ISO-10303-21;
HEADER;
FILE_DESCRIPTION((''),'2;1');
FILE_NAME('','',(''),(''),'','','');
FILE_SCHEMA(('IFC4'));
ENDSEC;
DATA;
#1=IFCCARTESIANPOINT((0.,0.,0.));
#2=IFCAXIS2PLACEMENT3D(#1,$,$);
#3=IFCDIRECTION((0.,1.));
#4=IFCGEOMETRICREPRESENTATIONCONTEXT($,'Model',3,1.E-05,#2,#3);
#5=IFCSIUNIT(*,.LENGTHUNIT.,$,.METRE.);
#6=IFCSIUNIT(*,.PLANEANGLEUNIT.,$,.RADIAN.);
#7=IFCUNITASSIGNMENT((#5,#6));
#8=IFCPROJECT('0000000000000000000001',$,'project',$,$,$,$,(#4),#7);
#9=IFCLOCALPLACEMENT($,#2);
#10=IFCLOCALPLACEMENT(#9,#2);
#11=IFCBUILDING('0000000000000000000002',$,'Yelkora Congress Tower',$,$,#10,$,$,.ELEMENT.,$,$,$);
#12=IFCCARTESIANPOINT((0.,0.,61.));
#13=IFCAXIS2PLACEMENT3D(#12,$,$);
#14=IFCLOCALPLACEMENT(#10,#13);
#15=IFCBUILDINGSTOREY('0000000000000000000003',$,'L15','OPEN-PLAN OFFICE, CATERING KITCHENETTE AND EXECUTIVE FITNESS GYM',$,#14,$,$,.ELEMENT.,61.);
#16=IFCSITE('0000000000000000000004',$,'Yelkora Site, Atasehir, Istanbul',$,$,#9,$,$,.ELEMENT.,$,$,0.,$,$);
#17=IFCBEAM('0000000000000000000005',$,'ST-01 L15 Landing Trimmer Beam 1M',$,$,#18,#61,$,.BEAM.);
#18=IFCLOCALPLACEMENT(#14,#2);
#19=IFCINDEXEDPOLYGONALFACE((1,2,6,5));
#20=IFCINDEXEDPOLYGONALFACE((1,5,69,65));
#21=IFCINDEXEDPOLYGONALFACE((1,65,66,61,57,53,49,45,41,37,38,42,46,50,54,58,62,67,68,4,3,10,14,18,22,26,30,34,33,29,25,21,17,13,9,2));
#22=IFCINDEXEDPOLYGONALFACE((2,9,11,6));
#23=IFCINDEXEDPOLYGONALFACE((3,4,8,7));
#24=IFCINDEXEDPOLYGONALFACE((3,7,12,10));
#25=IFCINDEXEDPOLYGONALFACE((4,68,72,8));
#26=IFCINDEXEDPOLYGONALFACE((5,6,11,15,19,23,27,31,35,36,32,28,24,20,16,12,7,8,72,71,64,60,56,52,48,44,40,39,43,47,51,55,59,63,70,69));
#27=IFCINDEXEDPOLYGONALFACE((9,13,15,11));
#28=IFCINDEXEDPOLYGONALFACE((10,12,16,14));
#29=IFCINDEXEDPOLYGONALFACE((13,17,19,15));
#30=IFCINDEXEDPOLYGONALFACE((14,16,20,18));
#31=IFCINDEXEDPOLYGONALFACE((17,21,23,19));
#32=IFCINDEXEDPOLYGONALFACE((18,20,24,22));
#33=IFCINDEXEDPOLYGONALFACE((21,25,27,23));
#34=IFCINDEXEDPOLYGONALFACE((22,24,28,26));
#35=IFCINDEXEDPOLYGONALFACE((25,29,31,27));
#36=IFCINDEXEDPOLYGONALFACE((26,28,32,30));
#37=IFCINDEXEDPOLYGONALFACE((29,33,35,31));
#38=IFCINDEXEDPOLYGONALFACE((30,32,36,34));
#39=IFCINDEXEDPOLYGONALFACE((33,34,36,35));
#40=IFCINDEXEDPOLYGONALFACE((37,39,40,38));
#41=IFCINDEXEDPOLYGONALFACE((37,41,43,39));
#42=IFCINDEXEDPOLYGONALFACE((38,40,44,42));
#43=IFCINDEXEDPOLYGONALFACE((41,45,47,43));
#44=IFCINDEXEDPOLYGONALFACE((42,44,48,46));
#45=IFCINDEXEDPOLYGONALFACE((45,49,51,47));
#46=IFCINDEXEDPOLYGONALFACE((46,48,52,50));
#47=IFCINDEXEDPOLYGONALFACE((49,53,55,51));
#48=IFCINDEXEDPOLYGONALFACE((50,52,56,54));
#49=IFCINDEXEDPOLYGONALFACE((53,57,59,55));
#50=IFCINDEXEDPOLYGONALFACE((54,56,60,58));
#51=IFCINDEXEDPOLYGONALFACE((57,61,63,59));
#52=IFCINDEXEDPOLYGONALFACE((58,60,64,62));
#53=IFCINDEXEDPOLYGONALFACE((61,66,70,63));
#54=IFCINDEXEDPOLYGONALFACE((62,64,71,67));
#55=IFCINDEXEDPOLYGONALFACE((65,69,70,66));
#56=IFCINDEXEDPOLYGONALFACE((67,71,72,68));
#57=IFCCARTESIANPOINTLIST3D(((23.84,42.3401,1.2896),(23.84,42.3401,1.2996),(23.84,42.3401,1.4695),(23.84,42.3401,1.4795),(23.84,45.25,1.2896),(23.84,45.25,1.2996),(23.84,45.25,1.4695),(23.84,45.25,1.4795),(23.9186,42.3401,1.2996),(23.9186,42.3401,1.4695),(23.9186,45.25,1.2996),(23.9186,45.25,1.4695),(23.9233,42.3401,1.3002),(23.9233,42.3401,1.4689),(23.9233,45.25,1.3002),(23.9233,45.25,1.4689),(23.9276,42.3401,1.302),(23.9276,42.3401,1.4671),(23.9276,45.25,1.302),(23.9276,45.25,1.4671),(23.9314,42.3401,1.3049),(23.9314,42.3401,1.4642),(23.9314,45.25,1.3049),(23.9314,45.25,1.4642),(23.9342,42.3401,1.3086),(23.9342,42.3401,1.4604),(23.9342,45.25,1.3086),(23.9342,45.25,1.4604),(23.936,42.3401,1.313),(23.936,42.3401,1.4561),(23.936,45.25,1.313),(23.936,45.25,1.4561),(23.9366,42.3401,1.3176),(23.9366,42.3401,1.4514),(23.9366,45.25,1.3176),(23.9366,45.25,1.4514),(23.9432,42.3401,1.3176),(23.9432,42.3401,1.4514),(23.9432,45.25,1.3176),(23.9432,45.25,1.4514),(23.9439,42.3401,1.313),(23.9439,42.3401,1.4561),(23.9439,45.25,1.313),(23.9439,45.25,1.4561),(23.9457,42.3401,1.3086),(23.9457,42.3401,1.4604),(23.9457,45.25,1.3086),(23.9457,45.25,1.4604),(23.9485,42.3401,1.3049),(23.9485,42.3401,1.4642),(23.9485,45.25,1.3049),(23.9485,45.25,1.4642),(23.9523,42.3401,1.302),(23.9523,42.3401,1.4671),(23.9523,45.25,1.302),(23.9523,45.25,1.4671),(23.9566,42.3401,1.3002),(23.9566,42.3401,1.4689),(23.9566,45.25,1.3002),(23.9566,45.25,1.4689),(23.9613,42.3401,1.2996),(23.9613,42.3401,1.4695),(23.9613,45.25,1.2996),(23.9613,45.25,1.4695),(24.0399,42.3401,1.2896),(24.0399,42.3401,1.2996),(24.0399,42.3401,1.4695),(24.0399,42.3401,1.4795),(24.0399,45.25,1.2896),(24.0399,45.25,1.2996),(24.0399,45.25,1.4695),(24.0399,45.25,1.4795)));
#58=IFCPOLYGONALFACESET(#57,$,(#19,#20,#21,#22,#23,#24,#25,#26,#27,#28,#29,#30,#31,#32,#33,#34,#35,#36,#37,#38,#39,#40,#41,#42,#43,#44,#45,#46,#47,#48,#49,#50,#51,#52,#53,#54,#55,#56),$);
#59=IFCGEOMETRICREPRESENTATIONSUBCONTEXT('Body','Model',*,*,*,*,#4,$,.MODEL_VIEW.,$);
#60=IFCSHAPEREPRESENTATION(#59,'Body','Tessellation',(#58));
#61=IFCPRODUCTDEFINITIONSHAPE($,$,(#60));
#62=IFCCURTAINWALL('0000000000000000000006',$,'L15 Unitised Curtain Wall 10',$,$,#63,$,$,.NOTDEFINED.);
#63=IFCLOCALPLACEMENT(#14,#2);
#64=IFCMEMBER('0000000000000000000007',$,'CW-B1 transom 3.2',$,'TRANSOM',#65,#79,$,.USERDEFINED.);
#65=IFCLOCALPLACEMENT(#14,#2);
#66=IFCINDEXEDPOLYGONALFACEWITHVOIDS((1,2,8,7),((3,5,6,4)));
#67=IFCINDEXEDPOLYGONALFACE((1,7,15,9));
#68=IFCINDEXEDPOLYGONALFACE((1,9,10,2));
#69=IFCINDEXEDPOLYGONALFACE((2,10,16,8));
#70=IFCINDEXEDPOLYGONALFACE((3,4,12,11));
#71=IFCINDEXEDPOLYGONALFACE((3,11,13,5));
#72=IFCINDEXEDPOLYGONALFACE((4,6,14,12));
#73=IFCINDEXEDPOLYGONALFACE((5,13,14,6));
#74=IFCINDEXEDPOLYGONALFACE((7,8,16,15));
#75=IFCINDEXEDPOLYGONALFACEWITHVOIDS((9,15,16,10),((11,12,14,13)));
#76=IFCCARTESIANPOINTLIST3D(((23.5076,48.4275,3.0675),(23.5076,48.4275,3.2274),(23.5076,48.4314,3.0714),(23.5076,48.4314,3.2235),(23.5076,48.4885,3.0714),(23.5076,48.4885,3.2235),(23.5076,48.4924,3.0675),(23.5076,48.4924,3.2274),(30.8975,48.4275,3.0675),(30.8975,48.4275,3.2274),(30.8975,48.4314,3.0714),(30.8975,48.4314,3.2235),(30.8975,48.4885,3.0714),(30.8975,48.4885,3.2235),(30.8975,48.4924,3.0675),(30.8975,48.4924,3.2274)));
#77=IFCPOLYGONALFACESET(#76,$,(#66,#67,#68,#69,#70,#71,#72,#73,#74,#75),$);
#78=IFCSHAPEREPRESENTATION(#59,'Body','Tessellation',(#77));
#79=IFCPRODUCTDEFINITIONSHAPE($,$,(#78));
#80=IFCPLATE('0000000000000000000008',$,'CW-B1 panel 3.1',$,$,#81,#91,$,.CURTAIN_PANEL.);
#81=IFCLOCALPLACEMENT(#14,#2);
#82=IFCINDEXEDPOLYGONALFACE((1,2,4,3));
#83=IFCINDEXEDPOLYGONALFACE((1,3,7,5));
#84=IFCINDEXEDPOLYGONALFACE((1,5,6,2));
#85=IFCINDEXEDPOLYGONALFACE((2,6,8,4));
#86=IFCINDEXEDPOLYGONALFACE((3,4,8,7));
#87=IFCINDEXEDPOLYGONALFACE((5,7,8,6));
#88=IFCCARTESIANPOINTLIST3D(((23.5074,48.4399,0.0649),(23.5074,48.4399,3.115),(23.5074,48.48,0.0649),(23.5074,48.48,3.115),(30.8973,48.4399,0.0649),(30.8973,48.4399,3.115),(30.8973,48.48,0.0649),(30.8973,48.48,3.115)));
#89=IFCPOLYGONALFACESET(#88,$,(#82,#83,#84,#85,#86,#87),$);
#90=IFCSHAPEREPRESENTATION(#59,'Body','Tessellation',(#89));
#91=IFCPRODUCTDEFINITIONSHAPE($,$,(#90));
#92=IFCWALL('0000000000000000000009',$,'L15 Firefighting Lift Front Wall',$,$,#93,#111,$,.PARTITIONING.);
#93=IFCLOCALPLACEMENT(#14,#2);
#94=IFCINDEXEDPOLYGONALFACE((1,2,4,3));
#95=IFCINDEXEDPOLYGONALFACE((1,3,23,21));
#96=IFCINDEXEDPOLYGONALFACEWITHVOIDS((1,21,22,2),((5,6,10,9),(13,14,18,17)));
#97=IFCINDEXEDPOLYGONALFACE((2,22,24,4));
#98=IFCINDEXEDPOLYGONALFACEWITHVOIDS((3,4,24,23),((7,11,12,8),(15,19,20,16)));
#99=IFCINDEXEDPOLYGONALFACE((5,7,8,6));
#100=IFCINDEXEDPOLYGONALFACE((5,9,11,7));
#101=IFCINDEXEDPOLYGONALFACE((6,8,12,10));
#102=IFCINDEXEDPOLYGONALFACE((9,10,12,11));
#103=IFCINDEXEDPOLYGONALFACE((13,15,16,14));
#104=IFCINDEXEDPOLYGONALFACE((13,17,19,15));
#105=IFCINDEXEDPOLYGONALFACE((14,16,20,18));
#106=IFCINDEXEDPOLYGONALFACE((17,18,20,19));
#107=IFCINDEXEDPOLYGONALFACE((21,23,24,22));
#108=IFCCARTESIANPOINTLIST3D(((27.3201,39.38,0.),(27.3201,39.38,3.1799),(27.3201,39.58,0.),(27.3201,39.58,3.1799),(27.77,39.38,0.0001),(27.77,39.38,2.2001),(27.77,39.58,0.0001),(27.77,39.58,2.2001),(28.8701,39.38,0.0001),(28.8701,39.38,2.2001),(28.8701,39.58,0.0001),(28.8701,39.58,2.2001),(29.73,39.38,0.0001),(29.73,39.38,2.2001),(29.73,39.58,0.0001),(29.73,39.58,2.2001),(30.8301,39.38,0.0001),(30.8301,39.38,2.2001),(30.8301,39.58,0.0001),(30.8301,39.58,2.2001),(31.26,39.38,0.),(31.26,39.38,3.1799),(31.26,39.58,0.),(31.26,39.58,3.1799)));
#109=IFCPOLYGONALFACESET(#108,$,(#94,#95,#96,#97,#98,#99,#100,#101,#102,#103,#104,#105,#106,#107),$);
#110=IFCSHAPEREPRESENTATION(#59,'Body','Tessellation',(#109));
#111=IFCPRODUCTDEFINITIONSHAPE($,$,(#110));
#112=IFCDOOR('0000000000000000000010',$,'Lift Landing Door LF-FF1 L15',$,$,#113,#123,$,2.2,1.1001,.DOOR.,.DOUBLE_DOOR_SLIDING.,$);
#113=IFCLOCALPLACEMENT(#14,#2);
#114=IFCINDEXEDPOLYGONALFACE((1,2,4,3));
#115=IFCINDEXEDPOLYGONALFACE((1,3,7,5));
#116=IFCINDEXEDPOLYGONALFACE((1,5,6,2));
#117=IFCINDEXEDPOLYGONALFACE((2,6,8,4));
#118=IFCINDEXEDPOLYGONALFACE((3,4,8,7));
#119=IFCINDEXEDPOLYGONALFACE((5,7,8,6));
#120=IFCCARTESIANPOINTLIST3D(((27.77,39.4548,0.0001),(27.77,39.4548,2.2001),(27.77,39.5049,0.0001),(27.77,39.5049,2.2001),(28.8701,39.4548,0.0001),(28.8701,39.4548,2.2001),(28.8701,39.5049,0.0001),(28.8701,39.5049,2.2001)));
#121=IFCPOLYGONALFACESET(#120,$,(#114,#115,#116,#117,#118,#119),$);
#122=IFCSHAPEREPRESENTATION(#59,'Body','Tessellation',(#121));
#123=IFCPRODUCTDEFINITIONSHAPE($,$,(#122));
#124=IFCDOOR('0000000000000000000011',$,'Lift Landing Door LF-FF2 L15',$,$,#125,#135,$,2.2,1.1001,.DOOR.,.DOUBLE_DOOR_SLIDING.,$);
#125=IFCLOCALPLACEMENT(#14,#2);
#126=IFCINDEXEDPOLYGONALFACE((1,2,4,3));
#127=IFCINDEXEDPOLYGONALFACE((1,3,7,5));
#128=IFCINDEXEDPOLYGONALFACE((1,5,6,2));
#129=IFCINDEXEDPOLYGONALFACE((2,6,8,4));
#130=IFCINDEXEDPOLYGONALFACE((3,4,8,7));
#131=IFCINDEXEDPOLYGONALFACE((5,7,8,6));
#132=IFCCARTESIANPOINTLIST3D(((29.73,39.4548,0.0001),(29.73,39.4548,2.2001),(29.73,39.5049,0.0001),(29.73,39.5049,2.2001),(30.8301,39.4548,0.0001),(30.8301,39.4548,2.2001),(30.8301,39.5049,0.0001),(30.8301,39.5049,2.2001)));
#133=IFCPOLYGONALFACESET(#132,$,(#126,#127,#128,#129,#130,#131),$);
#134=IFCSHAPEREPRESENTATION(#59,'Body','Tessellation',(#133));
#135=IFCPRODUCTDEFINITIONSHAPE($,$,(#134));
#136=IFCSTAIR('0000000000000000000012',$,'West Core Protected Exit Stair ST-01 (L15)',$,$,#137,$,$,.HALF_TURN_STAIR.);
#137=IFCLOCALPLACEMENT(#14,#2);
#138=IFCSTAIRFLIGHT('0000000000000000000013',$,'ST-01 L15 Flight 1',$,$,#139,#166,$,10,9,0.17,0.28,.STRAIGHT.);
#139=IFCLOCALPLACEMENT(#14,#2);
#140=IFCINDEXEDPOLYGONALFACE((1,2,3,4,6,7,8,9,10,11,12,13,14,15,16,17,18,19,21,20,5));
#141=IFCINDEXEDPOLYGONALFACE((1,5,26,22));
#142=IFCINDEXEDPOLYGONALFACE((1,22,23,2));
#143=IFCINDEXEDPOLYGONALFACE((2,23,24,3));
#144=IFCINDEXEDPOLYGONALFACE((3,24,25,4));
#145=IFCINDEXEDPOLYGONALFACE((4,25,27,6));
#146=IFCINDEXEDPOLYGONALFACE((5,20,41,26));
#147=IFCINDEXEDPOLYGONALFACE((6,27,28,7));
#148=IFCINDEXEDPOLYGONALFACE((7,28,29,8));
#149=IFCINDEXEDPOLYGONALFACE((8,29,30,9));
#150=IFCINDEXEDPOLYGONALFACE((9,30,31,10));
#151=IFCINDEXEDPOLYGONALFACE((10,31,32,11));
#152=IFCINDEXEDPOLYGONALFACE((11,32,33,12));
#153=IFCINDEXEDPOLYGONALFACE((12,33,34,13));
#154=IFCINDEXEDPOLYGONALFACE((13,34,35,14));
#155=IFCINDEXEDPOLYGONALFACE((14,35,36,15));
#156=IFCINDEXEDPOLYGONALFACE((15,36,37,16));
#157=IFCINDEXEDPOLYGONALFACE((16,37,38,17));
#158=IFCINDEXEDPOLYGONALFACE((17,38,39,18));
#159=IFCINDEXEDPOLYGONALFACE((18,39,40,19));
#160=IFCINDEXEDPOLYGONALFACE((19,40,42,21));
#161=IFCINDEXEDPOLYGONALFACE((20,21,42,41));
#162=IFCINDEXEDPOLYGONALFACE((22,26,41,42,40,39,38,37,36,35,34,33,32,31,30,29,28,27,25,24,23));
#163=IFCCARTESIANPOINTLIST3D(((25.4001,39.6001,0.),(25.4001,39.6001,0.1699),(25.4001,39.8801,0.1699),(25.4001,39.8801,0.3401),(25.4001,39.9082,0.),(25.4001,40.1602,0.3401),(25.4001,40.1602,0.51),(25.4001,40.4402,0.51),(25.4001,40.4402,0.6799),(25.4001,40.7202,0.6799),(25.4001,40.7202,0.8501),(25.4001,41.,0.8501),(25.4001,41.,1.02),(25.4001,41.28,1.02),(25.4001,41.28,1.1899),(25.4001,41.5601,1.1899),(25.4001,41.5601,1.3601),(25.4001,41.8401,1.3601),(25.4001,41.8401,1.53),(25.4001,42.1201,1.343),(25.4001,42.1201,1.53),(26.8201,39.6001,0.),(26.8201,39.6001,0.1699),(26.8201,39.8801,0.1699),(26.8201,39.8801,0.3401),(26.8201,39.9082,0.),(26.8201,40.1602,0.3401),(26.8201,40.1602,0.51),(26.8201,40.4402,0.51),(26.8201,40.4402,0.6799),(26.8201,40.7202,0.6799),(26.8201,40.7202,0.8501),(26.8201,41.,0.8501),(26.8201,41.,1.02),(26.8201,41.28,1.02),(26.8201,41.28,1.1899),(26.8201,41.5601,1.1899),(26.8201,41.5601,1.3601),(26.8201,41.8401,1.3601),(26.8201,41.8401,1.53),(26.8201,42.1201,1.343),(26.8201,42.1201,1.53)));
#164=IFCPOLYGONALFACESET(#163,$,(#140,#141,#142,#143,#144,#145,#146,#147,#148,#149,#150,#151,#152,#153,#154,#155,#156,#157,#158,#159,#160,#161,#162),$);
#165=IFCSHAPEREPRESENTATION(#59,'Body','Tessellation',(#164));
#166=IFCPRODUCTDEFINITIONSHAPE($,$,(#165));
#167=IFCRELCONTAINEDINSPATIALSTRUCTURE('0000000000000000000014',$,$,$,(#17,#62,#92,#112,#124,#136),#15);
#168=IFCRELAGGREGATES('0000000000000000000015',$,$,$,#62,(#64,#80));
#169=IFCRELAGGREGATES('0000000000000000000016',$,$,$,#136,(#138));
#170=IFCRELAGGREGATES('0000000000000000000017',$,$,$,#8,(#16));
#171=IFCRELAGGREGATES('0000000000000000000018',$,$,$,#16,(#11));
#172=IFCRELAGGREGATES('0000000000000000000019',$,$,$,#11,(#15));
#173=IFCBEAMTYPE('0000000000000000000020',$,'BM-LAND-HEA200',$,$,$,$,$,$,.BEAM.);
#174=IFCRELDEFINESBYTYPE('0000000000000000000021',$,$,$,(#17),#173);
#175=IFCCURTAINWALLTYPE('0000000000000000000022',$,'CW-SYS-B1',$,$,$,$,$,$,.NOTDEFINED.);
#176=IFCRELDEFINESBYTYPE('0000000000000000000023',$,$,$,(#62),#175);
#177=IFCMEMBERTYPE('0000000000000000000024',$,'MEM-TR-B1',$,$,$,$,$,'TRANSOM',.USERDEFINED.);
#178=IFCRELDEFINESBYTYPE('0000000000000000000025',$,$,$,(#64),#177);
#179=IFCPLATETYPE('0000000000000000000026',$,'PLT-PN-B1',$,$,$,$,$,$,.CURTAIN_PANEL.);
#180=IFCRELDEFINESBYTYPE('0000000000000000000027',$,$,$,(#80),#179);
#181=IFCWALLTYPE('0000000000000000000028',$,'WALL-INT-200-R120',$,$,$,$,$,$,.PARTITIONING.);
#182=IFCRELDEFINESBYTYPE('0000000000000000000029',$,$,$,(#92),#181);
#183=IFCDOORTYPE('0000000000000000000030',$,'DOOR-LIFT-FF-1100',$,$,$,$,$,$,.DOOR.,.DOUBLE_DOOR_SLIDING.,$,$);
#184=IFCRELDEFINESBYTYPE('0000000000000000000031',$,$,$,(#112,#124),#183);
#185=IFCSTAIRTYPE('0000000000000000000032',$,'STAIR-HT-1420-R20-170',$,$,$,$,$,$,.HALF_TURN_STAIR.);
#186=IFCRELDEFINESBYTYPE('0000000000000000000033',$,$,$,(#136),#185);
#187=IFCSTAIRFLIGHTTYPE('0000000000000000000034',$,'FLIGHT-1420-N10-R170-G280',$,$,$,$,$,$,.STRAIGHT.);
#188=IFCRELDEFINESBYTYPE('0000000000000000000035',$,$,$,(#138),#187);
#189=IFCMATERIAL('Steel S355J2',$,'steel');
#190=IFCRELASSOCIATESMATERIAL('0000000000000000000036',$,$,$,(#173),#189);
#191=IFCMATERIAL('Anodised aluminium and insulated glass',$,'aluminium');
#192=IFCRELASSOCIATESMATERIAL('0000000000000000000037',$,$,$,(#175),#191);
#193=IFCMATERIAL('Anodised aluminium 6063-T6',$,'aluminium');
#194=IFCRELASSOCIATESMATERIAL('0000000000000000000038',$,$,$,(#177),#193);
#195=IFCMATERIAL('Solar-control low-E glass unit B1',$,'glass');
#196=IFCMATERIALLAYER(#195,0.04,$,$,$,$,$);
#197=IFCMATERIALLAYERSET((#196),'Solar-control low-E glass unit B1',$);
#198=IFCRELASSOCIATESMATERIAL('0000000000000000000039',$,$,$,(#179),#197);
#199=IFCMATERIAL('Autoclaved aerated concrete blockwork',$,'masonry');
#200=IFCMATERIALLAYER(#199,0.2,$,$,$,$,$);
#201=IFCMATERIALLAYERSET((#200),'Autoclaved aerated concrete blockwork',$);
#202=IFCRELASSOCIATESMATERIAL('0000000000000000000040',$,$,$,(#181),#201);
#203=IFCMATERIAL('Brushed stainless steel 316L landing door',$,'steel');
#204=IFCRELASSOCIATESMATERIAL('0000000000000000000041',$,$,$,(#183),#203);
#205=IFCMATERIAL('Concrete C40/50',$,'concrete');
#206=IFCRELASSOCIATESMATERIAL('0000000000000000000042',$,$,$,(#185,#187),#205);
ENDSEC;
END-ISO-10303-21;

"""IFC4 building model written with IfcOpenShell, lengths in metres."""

from ifc_helpers import new_model, si_unit, direction, frame, frame_2d, origin, origin_2d, place, context, subcontext, project, spatial, polyline, rectangle, hollow_rectangle, i_section, outline, extrude, material, layer, layer_set, material_profile, profile_set, type_object, element, fill, aggregate, save


model = new_model("IFC4")

# Units and contexts
model_context = context("Model", 3, precision=1e-05, world=origin(), true_north=direction((0.0, 1.0)))
body_context = subcontext(model_context, "Body", "Model", "MODEL_VIEW")
ifc_project = project(units=[si_unit("LENGTHUNIT", "METRE"), si_unit("PLANEANGLEUNIT", "RADIAN")], contexts=[model_context])

# Site, building, storey
site_placement = place(None, origin())
site = spatial("IfcSite", under=ifc_project, at=site_placement, Name="Yelkora Site, Atasehir, Istanbul", CompositionType="ELEMENT", RefElevation=0.0)
building_placement = place(site_placement, origin())
building = spatial("IfcBuilding", under=site, at=building_placement, Name="Yelkora Congress Tower", CompositionType="ELEMENT")
storey_placement = place(building_placement, frame((0.0, 0.0, 61.0)))
storey = spatial("IfcBuildingStorey", under=building, at=storey_placement, Name="L15", Description="OPEN-PLAN OFFICE, CATERING KITCHENETTE AND EXECUTIVE FITNESS GYM", CompositionType="ELEMENT", Elevation=61.0)

# Beam
ifc_material_1 = material(Name="Steel S355J2", Category="steel")
ifc_material_profile_1 = material_profile(ifc_material_1, i_section(OverallWidth=0.2, OverallDepth=0.1899, WebThickness=0.0066, FlangeThickness=0.01, FilletRadius=0.0181, at=origin_2d()), Name="HEA 200")
ifc_profile_set_1 = profile_set([ifc_material_profile_1], Name="Steel S355J2")
beam_type = type_object("IfcBeamType", Name="BM-LAND-HEA200", PredefinedType="BEAM", material=ifc_profile_set_1)
beam_placement = place(storey_placement, frame((23.9399, 42.3401, 1.3845), z_axis=(0.0, 1.0, 0.0), x_axis=(-1.0, 0.0, 0.0)))
element("IfcBeam", 1, at=beam_placement, inside=storey, type_object=beam_type, Name="ST-01 L15 Landing Trimmer Beam 1M", PredefinedType="BEAM", context=body_context, shape_type="SweptSolid", body=[
    extrude(i_section(OverallWidth=0.2, OverallDepth=0.1899, WebThickness=0.0066, FlangeThickness=0.01, FilletRadius=0.0181, at=origin_2d()), origin(), (0.0, 0.0, 1.0), 2.9099),
])

# Curtain wall, member, plate
ifc_material_2 = material(Name="Anodised aluminium and insulated glass", Category="aluminium")
curtain_wall_type = type_object("IfcCurtainWallType", Name="CW-SYS-B1", PredefinedType="NOTDEFINED", material=ifc_material_2)
curtain_wall_placement = place(storey_placement, origin())
curtain_wall = element("IfcCurtainWall", 2, at=curtain_wall_placement, inside=storey, type_object=curtain_wall_type, Name="L15 Unitised Curtain Wall 10", PredefinedType="NOTDEFINED")
ifc_material_3 = material(Name="Anodised aluminium 6063-T6", Category="aluminium")
ifc_material_profile_2 = material_profile(ifc_material_3, hollow_rectangle(XDim=0.0649, YDim=0.1599, WallThickness=0.0039, at=origin_2d()), Name="ALU 65x160x4")
ifc_profile_set_2 = profile_set([ifc_material_profile_2], Name="Anodised aluminium 6063-T6")
member_type = type_object("IfcMemberType", Name="MEM-TR-B1", ElementType="TRANSOM", PredefinedType="USERDEFINED", material=ifc_profile_set_2)
member_placement = place(storey_placement, frame((23.5076, 48.46, 3.1475), z_axis=(1.0, 0.0, 0.0), x_axis=(0.0, 1.0, 0.0)))
member = element("IfcMember", 3, at=member_placement, type_object=member_type, Name="CW-B1 transom 3.2", ObjectType="TRANSOM", PredefinedType="USERDEFINED", context=body_context, shape_type="SweptSolid", body=[
    extrude(hollow_rectangle(XDim=0.0649, YDim=0.1599, WallThickness=0.0039, at=origin_2d()), origin(), (0.0, 0.0, 1.0), 7.3899),
])
ifc_material_4 = material(Name="Solar-control low-E glass unit B1", Category="glass")
ifc_layer_1 = layer(ifc_material_4, 0.04)
ifc_layer_set_1 = layer_set([ifc_layer_1], Name="Solar-control low-E glass unit B1")
plate_type = type_object("IfcPlateType", Name="PLT-PN-B1", PredefinedType="CURTAIN_PANEL", material=ifc_layer_set_1)
plate_placement = place(storey_placement, frame((27.2024, 48.46, 0.0649), z_axis=(0.0, 0.0, 1.0), x_axis=(1.0, 0.0, 0.0)))
plate = element("IfcPlate", 4, at=plate_placement, type_object=plate_type, Name="CW-B1 panel 3.1", PredefinedType="CURTAIN_PANEL", context=body_context, shape_type="SweptSolid", body=[
    extrude(rectangle(XDim=7.3899, YDim=0.04, at=origin_2d()), origin(), (0.0, 0.0, 1.0), 3.05),
])
aggregate(curtain_wall, [member, plate])

# Shared definitions
ifc_material_5 = material(Name="Autoclaved aerated concrete blockwork", Category="masonry")
ifc_layer_2 = layer(ifc_material_5, 0.2)
ifc_layer_set_2 = layer_set([ifc_layer_2], Name="Autoclaved aerated concrete blockwork")
wall_type_1 = type_object("IfcWallType", Name="WALL-INT-200-R120", PredefinedType="PARTITIONING", material=ifc_layer_set_2)

# Wall, openings, doors
wall_1_placement = place(storey_placement, frame((27.3201, 39.48, 0.0), z_axis=(0.0, 0.0, 1.0), x_axis=(1.0, 0.0, 0.0)))
wall_1 = element("IfcWall", 5, at=wall_1_placement, inside=storey, type_object=wall_type_1, Name="L15 Firefighting Lift Front Wall", PredefinedType="PARTITIONING", context=body_context, shape_type="SweptSolid", body=[
    extrude(rectangle(XDim=3.9399, YDim=0.2, at=frame_2d((1.97, 0.0))), origin(), (0.0, 0.0, 1.0), 3.1799),
])
opening_1_placement = place(wall_1_placement, frame((0.45, 0.0, 0.0)))
opening_1 = element("IfcOpeningElement", 6, at=opening_1_placement, cuts=wall_1, PredefinedType="OPENING", context=body_context, shape_type="SweptSolid", body=[
    extrude(rectangle(XDim=1.1001, YDim=2.2, at=frame_2d((0.55, 1.1001))), frame((0.0, 0.1099, 0.0), z_axis=(0.0, -1.0, 0.0), x_axis=(1.0, 0.0, 0.0)), (0.0, 0.0, 1.0), 0.22),
])
opening_2_placement = place(wall_1_placement, frame((2.4099, 0.0, 0.0)))
opening_2 = element("IfcOpeningElement", 7, at=opening_2_placement, cuts=wall_1, PredefinedType="OPENING", context=body_context, shape_type="SweptSolid", body=[
    extrude(rectangle(XDim=1.1001, YDim=2.2, at=frame_2d((0.55, 1.1001))), frame((0.0, 0.1099, 0.0), z_axis=(0.0, -1.0, 0.0), x_axis=(1.0, 0.0, 0.0)), (0.0, 0.0, 1.0), 0.22),
])
ifc_material_6 = material(Name="Brushed stainless steel 316L landing door", Category="steel")
door_type_1 = type_object("IfcDoorType", Name="DOOR-LIFT-FF-1100", OperationType="DOUBLE_DOOR_SLIDING", PredefinedType="DOOR", material=ifc_material_6)
door_1_placement = place(opening_1_placement, origin())
door_1 = element("IfcDoor", 8, at=door_1_placement, inside=storey, type_object=door_type_1, Name="Lift Landing Door LF-FF1 L15", OperationType="DOUBLE_DOOR_SLIDING", OverallHeight=2.2, OverallWidth=1.1001, PredefinedType="DOOR", context=body_context, shape_type="SweptSolid", body=[
    extrude(rectangle(XDim=1.1001, YDim=2.2, at=frame_2d((0.55, 1.1001))), frame((0.0, 0.0249, 0.0), z_axis=(0.0, -1.0, 0.0), x_axis=(1.0, 0.0, 0.0)), (0.0, 0.0, 1.0), 0.05),
])
fill(opening_1, door_1)
door_2_placement = place(opening_2_placement, origin())
door_2 = element("IfcDoor", 9, at=door_2_placement, inside=storey, type_object=door_type_1, Name="Lift Landing Door LF-FF2 L15", OperationType="DOUBLE_DOOR_SLIDING", OverallHeight=2.2, OverallWidth=1.1001, PredefinedType="DOOR", context=body_context, shape_type="SweptSolid", body=[
    extrude(rectangle(XDim=1.1001, YDim=2.2, at=frame_2d((0.55, 1.1001))), frame((0.0, 0.0249, 0.0), z_axis=(0.0, -1.0, 0.0), x_axis=(1.0, 0.0, 0.0)), (0.0, 0.0, 1.0), 0.05),
])
fill(opening_2, door_2)

# Stair, stair flight
ifc_material_7 = material(Name="Concrete C40/50", Category="concrete")
stair_type = type_object("IfcStairType", Name="STAIR-HT-1420-R20-170", PredefinedType="HALF_TURN_STAIR", material=ifc_material_7)
stair_placement = place(storey_placement, origin())
stair = element("IfcStair", 10, at=stair_placement, inside=storey, type_object=stair_type, Name="West Core Protected Exit Stair ST-01 (L15)", PredefinedType="HALF_TURN_STAIR")
stair_flight_type = type_object("IfcStairFlightType", Name="FLIGHT-1420-N10-R170-G280", PredefinedType="STRAIGHT", material=ifc_material_7)
stair_flight_1_placement = place(storey_placement, frame((26.1101, 39.6001, 0.0), z_axis=(0.0, 0.0, 1.0), x_axis=(0.0, 1.0, 0.0)))
stair_flight_1 = element("IfcStairFlight", 11, at=stair_flight_1_placement, type_object=stair_flight_type, Name="ST-01 L15 Flight 1", NumberOfRisers=10, NumberOfTreads=9, PredefinedType="STRAIGHT", RiserHeight=0.17, TreadLength=0.28, context=body_context, shape_type="SweptSolid", body=[
    extrude(outline(polyline([(0.0, 0.0), (0.0, 0.1699), (0.28, 0.1699), (0.28, 0.3401), (0.5601, 0.3401), (0.5601, 0.51), (0.8401, 0.51), (0.8401, 0.6799), (1.1201, 0.6799), (1.1201, 0.8501), (1.3999, 0.8501), (1.3999, 1.02), (1.6799, 1.02), (1.6799, 1.1899), (1.96, 1.1899), (1.96, 1.3601), (2.24, 1.3601), (2.24, 1.53), (2.52, 1.53), (2.52, 1.7), (2.52, 1.343), (0.3081, 0.0), (0.0, 0.0)])), frame((0.0, 0.71, 0.0), z_axis=(0.0, -1.0, 0.0), x_axis=(1.0, 0.0, 0.0)), (0.0, 0.0, 1.0), 1.4199),
])
aggregate(stair, [stair_flight_1])

save(model, "model.ifc")
